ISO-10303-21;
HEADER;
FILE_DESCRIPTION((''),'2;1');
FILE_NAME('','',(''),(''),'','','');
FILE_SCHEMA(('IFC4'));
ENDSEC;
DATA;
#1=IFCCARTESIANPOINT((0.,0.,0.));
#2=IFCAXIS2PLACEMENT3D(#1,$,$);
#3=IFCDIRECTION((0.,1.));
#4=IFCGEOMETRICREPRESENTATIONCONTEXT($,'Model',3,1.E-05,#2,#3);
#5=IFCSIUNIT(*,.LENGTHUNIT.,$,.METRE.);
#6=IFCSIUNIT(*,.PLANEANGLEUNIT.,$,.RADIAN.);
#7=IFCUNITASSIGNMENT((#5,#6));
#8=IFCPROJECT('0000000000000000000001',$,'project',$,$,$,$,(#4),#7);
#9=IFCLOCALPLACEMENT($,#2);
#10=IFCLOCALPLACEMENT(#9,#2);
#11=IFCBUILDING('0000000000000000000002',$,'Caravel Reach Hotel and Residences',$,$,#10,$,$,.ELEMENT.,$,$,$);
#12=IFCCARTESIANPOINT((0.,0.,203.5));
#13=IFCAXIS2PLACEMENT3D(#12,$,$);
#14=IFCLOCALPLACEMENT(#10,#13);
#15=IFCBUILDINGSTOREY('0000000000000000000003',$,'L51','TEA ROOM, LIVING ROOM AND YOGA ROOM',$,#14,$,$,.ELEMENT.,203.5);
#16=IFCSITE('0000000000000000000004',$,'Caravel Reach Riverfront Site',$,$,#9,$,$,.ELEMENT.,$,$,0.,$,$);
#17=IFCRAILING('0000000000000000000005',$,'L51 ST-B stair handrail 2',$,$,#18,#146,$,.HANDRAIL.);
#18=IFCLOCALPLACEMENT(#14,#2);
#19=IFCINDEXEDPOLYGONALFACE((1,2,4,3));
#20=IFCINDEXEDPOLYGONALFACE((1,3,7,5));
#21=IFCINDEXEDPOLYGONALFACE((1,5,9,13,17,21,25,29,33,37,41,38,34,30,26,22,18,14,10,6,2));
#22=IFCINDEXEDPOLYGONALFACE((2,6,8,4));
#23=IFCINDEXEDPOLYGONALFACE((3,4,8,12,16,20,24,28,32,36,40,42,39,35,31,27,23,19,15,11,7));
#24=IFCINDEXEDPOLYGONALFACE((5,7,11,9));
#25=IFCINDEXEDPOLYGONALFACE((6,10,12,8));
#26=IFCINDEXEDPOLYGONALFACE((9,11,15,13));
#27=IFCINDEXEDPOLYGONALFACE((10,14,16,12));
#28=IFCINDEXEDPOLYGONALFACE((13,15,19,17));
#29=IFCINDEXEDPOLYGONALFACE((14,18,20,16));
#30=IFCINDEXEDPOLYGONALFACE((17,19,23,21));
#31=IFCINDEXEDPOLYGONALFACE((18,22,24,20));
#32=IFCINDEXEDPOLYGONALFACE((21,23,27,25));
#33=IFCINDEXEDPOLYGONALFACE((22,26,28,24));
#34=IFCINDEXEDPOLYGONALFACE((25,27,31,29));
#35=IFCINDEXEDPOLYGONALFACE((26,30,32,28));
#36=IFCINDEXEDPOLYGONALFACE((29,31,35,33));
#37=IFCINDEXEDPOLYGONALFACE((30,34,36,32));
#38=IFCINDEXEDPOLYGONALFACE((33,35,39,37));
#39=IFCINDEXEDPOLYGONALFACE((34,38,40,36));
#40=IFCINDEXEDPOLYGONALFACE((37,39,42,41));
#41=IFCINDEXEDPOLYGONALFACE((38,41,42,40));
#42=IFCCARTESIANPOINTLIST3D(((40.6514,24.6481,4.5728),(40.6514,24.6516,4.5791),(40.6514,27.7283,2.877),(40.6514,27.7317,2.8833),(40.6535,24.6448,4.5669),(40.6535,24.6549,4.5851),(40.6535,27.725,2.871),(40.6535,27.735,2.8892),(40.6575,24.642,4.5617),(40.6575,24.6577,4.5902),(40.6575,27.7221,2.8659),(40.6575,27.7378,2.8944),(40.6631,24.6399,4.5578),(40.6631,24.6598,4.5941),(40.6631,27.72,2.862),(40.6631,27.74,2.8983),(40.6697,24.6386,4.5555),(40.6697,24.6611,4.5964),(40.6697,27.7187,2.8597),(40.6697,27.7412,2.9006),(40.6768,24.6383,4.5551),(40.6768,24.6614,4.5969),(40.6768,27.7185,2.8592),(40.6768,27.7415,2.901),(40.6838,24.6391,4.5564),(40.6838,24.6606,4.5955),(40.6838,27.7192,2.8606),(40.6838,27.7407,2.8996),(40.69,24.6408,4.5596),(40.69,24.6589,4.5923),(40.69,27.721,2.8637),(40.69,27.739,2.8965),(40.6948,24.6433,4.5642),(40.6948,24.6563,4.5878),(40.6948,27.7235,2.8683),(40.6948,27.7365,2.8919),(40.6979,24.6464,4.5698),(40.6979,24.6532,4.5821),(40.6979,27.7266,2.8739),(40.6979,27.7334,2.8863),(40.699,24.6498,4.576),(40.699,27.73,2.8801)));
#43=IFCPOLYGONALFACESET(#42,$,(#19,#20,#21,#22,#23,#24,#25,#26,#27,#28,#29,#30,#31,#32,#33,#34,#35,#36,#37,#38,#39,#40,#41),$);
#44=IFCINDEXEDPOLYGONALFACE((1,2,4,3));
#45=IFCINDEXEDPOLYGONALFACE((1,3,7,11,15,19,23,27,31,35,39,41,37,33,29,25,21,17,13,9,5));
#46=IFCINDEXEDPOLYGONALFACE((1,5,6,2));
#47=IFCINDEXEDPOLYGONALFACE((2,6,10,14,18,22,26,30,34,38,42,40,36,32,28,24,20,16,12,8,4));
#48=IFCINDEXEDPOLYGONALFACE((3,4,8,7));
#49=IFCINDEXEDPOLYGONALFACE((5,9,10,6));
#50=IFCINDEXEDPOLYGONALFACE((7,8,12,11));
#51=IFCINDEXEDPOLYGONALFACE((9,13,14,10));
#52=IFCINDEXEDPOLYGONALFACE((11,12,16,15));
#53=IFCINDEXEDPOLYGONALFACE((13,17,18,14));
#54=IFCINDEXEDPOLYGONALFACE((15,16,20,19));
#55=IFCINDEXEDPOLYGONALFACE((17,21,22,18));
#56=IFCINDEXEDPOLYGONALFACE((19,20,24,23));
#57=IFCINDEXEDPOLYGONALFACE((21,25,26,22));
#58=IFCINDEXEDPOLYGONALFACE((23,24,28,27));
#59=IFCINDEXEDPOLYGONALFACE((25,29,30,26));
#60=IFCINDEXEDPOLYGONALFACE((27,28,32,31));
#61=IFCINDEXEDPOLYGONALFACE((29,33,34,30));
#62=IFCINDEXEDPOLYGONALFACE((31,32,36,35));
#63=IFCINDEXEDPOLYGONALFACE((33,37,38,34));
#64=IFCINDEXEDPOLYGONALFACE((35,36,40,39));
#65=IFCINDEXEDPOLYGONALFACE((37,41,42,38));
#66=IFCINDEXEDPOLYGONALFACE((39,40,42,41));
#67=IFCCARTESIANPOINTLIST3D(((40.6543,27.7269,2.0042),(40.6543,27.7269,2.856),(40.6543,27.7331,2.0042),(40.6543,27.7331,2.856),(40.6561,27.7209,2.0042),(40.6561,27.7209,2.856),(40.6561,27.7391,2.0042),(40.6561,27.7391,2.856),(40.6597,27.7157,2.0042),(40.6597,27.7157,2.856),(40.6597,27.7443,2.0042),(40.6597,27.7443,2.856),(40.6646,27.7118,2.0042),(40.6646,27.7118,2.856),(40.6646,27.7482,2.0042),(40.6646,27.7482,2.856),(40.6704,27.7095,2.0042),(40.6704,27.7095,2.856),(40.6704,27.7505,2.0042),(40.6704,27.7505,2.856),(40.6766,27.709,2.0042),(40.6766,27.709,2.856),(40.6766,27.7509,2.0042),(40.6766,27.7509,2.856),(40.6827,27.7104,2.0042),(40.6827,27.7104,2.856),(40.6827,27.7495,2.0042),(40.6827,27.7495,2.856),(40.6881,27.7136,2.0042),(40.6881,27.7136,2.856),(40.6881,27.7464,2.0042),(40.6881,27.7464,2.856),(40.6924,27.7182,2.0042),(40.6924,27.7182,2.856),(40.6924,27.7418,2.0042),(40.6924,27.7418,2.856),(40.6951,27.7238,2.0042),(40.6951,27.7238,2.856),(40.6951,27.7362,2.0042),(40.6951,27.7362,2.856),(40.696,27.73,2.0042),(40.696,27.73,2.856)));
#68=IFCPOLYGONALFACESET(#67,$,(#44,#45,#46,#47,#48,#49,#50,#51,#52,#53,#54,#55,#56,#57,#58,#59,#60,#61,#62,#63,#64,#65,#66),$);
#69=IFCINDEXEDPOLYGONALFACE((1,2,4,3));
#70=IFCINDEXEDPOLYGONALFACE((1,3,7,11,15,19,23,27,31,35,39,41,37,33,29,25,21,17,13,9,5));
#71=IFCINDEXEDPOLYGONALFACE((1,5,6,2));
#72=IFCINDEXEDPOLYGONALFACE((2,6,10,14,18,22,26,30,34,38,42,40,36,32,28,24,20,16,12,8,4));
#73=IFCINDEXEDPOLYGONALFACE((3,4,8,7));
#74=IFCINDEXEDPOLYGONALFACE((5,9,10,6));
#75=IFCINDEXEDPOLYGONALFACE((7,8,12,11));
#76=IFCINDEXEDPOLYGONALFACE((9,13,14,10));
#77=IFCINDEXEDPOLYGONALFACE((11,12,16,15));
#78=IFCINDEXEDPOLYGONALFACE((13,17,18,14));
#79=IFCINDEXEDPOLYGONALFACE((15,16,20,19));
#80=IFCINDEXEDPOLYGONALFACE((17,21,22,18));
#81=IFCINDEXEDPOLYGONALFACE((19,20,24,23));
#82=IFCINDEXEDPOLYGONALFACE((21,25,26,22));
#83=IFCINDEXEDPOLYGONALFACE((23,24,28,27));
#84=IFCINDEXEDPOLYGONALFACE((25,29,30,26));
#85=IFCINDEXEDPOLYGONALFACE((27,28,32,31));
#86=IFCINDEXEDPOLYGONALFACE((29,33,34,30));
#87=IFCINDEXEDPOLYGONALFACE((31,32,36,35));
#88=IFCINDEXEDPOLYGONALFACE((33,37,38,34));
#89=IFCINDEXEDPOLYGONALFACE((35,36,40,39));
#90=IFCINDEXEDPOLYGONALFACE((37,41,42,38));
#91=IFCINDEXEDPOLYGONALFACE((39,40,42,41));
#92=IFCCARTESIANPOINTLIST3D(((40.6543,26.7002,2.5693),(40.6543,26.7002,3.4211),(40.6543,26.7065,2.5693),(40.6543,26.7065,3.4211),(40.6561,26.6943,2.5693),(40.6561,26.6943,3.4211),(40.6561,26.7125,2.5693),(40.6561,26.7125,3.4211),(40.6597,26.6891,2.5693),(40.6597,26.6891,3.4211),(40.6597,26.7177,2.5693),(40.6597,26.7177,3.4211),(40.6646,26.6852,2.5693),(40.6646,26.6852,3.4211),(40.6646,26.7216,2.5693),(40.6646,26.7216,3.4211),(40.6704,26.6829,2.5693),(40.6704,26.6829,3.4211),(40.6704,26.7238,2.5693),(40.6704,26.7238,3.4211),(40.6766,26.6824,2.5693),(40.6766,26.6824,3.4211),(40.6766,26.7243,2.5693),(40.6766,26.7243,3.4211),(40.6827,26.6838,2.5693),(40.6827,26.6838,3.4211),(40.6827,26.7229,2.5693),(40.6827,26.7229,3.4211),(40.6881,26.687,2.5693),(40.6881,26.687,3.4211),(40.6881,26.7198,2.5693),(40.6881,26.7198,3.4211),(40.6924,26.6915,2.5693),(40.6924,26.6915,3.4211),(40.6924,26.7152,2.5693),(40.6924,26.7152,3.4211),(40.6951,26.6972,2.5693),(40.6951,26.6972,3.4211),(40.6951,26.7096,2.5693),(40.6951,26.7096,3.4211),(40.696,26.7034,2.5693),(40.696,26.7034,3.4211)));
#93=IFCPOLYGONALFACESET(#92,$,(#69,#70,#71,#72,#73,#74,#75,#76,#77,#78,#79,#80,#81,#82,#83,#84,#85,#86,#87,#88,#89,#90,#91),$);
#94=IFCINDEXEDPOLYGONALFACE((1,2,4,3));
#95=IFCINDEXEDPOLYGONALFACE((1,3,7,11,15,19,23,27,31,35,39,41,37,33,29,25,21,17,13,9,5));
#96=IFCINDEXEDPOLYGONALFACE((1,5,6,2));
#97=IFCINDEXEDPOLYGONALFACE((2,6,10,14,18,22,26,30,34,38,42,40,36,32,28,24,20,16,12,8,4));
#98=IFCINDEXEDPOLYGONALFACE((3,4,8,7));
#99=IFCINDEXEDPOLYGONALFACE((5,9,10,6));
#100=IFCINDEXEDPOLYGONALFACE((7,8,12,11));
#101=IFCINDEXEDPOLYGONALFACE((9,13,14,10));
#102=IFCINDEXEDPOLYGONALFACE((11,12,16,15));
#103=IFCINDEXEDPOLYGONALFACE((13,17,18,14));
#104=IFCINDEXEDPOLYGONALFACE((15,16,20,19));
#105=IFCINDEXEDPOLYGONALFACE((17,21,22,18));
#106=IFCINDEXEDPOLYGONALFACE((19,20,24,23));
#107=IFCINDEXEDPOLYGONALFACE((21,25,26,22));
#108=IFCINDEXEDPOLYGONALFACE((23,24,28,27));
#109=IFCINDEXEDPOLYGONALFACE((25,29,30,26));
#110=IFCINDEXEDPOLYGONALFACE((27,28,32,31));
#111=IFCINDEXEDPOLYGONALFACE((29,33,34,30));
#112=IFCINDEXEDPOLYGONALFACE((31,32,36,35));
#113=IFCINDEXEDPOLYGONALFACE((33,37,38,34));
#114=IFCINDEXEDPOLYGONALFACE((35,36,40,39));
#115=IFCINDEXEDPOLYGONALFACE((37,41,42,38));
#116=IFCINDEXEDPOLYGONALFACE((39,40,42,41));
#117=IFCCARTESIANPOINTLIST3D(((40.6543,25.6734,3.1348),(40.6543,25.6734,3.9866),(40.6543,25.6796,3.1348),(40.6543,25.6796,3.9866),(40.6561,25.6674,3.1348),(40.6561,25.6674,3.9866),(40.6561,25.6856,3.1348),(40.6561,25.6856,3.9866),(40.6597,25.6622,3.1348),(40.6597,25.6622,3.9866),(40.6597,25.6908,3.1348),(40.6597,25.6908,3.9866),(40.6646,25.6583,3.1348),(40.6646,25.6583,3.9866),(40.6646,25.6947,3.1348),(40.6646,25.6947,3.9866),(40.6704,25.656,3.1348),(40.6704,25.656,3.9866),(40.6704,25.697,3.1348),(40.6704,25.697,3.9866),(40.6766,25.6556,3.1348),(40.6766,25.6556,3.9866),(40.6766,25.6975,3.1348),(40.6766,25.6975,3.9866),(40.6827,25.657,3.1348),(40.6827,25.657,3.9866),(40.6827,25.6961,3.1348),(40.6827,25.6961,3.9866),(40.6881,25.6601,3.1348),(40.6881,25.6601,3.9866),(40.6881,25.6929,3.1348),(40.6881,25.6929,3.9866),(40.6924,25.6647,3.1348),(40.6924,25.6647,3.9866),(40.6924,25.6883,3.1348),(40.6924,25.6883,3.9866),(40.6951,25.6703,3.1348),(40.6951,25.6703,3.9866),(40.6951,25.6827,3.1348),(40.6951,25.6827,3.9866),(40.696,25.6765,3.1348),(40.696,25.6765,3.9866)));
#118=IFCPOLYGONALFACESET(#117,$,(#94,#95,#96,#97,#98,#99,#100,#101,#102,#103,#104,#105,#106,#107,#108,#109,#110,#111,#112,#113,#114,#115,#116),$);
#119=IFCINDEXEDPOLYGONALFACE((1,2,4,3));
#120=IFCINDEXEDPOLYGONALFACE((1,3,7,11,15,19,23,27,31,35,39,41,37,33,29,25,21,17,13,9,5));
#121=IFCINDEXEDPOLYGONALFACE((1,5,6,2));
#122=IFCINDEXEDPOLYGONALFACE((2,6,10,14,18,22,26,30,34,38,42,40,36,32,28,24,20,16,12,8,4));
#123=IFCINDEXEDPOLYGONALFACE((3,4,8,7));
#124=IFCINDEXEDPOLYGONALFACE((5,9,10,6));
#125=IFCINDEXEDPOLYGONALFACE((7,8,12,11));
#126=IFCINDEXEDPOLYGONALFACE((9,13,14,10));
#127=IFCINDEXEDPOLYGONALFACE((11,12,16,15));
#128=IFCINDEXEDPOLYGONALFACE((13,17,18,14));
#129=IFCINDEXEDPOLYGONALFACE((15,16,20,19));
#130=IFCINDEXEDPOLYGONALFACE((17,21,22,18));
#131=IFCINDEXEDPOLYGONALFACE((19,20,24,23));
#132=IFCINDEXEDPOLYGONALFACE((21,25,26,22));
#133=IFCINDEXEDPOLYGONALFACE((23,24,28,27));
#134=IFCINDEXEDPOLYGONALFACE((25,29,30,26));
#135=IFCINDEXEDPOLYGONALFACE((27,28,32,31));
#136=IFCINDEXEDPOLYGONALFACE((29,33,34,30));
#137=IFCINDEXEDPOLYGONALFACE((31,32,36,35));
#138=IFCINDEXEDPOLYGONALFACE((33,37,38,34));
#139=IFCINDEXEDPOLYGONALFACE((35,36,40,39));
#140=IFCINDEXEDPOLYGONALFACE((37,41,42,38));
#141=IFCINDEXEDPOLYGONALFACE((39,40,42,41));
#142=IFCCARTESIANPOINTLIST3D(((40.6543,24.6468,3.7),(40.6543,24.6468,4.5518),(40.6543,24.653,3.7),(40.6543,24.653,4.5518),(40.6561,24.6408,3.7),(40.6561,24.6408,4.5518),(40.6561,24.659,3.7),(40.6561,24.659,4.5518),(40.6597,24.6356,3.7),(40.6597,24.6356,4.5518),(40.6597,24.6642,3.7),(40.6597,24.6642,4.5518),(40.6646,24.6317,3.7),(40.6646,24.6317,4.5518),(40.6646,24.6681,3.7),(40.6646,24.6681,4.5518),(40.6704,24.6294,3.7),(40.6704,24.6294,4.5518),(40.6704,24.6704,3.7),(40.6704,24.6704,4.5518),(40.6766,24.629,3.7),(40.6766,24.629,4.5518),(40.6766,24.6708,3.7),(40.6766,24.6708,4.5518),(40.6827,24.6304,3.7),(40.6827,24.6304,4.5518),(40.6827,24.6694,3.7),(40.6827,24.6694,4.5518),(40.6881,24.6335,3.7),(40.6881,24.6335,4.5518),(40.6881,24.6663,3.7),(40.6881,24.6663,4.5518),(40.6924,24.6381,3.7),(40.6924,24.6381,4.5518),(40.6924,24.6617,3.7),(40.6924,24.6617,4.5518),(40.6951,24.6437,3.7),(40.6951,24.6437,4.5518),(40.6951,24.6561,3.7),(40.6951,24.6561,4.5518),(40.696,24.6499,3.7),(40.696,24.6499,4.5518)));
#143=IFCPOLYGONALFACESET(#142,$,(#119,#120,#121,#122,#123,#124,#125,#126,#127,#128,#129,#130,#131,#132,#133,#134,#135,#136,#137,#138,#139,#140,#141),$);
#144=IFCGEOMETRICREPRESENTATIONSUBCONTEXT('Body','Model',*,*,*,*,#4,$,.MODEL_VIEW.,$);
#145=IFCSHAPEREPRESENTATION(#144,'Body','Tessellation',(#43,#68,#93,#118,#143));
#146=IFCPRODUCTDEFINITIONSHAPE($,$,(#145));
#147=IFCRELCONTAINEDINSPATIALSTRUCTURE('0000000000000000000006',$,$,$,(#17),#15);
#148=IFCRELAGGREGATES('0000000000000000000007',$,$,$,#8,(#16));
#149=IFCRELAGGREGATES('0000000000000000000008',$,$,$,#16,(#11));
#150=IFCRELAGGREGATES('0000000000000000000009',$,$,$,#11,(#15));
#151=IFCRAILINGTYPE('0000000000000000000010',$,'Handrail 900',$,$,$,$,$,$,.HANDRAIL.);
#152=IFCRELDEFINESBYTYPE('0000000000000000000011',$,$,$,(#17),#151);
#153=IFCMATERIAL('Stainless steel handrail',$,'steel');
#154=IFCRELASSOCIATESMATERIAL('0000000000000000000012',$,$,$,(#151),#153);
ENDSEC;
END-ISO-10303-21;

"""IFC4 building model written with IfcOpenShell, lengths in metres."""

from ifc_helpers import new_model, si_unit, direction, frame, origin, origin_2d, place, context, subcontext, project, spatial, circle, extrude, material, type_object, element, save


model = new_model("IFC4")

# Units and contexts
model_context = context("Model", 3, precision=1e-05, world=origin(), true_north=direction((0.0, 1.0)))
body_context = subcontext(model_context, "Body", "Model", "MODEL_VIEW")
ifc_project = project(units=[si_unit("LENGTHUNIT", "METRE"), si_unit("PLANEANGLEUNIT", "RADIAN")], contexts=[model_context])

# Site, building, storey
site_placement = place(None, origin())
site = spatial("IfcSite", under=ifc_project, at=site_placement, Name="Caravel Reach Riverfront Site", CompositionType="ELEMENT", RefElevation=0.0)
building_placement = place(site_placement, origin())
building = spatial("IfcBuilding", under=site, at=building_placement, Name="Caravel Reach Hotel and Residences", CompositionType="ELEMENT")
storey_placement = place(building_placement, frame((0.0, 0.0, 203.5)))
storey = spatial("IfcBuildingStorey", under=building, at=storey_placement, Name="L51", Description="TEA ROOM, LIVING ROOM AND YOGA ROOM", CompositionType="ELEMENT", Elevation=203.5)

# Railing
ifc_material_1 = material(Name="Stainless steel handrail", Category="steel")
railing_type_1 = type_object("IfcRailingType", Name="Handrail 900", PredefinedType="HANDRAIL", material=ifc_material_1)
railing_1_placement = place(storey_placement, frame((40.675, 27.73, 2.0042)))
element("IfcRailing", 1, at=railing_1_placement, inside=storey, type_object=railing_type_1, Name="L51 ST-B stair handrail 2", PredefinedType="HANDRAIL", context=body_context, shape_type="SweptSolid", body=[
    extrude(circle(Radius=0.0239, at=origin_2d()), frame((0.0, 0.0, 0.876), z_axis=(0.0, -0.876005, 0.482303), x_axis=(1.0, 0.0, 0.0)), (0.0, 0.0, 1.0), 3.5161),
    extrude(circle(Radius=0.021, at=origin_2d()), origin(), (0.0, 0.0, 1.0), 0.8518),
    extrude(circle(Radius=0.021, at=origin_2d()), frame((0.0, -1.0266, 0.5652)), (0.0, 0.0, 1.0), 0.8518),
    extrude(circle(Radius=0.021, at=origin_2d()), frame((0.0, -2.0535, 1.1306)), (0.0, 0.0, 1.0), 0.8518),
    extrude(circle(Radius=0.021, at=origin_2d()), frame((0.0, -3.0801, 1.6958)), (0.0, 0.0, 1.0), 0.8518),
])

save(model, "model.ifc")
